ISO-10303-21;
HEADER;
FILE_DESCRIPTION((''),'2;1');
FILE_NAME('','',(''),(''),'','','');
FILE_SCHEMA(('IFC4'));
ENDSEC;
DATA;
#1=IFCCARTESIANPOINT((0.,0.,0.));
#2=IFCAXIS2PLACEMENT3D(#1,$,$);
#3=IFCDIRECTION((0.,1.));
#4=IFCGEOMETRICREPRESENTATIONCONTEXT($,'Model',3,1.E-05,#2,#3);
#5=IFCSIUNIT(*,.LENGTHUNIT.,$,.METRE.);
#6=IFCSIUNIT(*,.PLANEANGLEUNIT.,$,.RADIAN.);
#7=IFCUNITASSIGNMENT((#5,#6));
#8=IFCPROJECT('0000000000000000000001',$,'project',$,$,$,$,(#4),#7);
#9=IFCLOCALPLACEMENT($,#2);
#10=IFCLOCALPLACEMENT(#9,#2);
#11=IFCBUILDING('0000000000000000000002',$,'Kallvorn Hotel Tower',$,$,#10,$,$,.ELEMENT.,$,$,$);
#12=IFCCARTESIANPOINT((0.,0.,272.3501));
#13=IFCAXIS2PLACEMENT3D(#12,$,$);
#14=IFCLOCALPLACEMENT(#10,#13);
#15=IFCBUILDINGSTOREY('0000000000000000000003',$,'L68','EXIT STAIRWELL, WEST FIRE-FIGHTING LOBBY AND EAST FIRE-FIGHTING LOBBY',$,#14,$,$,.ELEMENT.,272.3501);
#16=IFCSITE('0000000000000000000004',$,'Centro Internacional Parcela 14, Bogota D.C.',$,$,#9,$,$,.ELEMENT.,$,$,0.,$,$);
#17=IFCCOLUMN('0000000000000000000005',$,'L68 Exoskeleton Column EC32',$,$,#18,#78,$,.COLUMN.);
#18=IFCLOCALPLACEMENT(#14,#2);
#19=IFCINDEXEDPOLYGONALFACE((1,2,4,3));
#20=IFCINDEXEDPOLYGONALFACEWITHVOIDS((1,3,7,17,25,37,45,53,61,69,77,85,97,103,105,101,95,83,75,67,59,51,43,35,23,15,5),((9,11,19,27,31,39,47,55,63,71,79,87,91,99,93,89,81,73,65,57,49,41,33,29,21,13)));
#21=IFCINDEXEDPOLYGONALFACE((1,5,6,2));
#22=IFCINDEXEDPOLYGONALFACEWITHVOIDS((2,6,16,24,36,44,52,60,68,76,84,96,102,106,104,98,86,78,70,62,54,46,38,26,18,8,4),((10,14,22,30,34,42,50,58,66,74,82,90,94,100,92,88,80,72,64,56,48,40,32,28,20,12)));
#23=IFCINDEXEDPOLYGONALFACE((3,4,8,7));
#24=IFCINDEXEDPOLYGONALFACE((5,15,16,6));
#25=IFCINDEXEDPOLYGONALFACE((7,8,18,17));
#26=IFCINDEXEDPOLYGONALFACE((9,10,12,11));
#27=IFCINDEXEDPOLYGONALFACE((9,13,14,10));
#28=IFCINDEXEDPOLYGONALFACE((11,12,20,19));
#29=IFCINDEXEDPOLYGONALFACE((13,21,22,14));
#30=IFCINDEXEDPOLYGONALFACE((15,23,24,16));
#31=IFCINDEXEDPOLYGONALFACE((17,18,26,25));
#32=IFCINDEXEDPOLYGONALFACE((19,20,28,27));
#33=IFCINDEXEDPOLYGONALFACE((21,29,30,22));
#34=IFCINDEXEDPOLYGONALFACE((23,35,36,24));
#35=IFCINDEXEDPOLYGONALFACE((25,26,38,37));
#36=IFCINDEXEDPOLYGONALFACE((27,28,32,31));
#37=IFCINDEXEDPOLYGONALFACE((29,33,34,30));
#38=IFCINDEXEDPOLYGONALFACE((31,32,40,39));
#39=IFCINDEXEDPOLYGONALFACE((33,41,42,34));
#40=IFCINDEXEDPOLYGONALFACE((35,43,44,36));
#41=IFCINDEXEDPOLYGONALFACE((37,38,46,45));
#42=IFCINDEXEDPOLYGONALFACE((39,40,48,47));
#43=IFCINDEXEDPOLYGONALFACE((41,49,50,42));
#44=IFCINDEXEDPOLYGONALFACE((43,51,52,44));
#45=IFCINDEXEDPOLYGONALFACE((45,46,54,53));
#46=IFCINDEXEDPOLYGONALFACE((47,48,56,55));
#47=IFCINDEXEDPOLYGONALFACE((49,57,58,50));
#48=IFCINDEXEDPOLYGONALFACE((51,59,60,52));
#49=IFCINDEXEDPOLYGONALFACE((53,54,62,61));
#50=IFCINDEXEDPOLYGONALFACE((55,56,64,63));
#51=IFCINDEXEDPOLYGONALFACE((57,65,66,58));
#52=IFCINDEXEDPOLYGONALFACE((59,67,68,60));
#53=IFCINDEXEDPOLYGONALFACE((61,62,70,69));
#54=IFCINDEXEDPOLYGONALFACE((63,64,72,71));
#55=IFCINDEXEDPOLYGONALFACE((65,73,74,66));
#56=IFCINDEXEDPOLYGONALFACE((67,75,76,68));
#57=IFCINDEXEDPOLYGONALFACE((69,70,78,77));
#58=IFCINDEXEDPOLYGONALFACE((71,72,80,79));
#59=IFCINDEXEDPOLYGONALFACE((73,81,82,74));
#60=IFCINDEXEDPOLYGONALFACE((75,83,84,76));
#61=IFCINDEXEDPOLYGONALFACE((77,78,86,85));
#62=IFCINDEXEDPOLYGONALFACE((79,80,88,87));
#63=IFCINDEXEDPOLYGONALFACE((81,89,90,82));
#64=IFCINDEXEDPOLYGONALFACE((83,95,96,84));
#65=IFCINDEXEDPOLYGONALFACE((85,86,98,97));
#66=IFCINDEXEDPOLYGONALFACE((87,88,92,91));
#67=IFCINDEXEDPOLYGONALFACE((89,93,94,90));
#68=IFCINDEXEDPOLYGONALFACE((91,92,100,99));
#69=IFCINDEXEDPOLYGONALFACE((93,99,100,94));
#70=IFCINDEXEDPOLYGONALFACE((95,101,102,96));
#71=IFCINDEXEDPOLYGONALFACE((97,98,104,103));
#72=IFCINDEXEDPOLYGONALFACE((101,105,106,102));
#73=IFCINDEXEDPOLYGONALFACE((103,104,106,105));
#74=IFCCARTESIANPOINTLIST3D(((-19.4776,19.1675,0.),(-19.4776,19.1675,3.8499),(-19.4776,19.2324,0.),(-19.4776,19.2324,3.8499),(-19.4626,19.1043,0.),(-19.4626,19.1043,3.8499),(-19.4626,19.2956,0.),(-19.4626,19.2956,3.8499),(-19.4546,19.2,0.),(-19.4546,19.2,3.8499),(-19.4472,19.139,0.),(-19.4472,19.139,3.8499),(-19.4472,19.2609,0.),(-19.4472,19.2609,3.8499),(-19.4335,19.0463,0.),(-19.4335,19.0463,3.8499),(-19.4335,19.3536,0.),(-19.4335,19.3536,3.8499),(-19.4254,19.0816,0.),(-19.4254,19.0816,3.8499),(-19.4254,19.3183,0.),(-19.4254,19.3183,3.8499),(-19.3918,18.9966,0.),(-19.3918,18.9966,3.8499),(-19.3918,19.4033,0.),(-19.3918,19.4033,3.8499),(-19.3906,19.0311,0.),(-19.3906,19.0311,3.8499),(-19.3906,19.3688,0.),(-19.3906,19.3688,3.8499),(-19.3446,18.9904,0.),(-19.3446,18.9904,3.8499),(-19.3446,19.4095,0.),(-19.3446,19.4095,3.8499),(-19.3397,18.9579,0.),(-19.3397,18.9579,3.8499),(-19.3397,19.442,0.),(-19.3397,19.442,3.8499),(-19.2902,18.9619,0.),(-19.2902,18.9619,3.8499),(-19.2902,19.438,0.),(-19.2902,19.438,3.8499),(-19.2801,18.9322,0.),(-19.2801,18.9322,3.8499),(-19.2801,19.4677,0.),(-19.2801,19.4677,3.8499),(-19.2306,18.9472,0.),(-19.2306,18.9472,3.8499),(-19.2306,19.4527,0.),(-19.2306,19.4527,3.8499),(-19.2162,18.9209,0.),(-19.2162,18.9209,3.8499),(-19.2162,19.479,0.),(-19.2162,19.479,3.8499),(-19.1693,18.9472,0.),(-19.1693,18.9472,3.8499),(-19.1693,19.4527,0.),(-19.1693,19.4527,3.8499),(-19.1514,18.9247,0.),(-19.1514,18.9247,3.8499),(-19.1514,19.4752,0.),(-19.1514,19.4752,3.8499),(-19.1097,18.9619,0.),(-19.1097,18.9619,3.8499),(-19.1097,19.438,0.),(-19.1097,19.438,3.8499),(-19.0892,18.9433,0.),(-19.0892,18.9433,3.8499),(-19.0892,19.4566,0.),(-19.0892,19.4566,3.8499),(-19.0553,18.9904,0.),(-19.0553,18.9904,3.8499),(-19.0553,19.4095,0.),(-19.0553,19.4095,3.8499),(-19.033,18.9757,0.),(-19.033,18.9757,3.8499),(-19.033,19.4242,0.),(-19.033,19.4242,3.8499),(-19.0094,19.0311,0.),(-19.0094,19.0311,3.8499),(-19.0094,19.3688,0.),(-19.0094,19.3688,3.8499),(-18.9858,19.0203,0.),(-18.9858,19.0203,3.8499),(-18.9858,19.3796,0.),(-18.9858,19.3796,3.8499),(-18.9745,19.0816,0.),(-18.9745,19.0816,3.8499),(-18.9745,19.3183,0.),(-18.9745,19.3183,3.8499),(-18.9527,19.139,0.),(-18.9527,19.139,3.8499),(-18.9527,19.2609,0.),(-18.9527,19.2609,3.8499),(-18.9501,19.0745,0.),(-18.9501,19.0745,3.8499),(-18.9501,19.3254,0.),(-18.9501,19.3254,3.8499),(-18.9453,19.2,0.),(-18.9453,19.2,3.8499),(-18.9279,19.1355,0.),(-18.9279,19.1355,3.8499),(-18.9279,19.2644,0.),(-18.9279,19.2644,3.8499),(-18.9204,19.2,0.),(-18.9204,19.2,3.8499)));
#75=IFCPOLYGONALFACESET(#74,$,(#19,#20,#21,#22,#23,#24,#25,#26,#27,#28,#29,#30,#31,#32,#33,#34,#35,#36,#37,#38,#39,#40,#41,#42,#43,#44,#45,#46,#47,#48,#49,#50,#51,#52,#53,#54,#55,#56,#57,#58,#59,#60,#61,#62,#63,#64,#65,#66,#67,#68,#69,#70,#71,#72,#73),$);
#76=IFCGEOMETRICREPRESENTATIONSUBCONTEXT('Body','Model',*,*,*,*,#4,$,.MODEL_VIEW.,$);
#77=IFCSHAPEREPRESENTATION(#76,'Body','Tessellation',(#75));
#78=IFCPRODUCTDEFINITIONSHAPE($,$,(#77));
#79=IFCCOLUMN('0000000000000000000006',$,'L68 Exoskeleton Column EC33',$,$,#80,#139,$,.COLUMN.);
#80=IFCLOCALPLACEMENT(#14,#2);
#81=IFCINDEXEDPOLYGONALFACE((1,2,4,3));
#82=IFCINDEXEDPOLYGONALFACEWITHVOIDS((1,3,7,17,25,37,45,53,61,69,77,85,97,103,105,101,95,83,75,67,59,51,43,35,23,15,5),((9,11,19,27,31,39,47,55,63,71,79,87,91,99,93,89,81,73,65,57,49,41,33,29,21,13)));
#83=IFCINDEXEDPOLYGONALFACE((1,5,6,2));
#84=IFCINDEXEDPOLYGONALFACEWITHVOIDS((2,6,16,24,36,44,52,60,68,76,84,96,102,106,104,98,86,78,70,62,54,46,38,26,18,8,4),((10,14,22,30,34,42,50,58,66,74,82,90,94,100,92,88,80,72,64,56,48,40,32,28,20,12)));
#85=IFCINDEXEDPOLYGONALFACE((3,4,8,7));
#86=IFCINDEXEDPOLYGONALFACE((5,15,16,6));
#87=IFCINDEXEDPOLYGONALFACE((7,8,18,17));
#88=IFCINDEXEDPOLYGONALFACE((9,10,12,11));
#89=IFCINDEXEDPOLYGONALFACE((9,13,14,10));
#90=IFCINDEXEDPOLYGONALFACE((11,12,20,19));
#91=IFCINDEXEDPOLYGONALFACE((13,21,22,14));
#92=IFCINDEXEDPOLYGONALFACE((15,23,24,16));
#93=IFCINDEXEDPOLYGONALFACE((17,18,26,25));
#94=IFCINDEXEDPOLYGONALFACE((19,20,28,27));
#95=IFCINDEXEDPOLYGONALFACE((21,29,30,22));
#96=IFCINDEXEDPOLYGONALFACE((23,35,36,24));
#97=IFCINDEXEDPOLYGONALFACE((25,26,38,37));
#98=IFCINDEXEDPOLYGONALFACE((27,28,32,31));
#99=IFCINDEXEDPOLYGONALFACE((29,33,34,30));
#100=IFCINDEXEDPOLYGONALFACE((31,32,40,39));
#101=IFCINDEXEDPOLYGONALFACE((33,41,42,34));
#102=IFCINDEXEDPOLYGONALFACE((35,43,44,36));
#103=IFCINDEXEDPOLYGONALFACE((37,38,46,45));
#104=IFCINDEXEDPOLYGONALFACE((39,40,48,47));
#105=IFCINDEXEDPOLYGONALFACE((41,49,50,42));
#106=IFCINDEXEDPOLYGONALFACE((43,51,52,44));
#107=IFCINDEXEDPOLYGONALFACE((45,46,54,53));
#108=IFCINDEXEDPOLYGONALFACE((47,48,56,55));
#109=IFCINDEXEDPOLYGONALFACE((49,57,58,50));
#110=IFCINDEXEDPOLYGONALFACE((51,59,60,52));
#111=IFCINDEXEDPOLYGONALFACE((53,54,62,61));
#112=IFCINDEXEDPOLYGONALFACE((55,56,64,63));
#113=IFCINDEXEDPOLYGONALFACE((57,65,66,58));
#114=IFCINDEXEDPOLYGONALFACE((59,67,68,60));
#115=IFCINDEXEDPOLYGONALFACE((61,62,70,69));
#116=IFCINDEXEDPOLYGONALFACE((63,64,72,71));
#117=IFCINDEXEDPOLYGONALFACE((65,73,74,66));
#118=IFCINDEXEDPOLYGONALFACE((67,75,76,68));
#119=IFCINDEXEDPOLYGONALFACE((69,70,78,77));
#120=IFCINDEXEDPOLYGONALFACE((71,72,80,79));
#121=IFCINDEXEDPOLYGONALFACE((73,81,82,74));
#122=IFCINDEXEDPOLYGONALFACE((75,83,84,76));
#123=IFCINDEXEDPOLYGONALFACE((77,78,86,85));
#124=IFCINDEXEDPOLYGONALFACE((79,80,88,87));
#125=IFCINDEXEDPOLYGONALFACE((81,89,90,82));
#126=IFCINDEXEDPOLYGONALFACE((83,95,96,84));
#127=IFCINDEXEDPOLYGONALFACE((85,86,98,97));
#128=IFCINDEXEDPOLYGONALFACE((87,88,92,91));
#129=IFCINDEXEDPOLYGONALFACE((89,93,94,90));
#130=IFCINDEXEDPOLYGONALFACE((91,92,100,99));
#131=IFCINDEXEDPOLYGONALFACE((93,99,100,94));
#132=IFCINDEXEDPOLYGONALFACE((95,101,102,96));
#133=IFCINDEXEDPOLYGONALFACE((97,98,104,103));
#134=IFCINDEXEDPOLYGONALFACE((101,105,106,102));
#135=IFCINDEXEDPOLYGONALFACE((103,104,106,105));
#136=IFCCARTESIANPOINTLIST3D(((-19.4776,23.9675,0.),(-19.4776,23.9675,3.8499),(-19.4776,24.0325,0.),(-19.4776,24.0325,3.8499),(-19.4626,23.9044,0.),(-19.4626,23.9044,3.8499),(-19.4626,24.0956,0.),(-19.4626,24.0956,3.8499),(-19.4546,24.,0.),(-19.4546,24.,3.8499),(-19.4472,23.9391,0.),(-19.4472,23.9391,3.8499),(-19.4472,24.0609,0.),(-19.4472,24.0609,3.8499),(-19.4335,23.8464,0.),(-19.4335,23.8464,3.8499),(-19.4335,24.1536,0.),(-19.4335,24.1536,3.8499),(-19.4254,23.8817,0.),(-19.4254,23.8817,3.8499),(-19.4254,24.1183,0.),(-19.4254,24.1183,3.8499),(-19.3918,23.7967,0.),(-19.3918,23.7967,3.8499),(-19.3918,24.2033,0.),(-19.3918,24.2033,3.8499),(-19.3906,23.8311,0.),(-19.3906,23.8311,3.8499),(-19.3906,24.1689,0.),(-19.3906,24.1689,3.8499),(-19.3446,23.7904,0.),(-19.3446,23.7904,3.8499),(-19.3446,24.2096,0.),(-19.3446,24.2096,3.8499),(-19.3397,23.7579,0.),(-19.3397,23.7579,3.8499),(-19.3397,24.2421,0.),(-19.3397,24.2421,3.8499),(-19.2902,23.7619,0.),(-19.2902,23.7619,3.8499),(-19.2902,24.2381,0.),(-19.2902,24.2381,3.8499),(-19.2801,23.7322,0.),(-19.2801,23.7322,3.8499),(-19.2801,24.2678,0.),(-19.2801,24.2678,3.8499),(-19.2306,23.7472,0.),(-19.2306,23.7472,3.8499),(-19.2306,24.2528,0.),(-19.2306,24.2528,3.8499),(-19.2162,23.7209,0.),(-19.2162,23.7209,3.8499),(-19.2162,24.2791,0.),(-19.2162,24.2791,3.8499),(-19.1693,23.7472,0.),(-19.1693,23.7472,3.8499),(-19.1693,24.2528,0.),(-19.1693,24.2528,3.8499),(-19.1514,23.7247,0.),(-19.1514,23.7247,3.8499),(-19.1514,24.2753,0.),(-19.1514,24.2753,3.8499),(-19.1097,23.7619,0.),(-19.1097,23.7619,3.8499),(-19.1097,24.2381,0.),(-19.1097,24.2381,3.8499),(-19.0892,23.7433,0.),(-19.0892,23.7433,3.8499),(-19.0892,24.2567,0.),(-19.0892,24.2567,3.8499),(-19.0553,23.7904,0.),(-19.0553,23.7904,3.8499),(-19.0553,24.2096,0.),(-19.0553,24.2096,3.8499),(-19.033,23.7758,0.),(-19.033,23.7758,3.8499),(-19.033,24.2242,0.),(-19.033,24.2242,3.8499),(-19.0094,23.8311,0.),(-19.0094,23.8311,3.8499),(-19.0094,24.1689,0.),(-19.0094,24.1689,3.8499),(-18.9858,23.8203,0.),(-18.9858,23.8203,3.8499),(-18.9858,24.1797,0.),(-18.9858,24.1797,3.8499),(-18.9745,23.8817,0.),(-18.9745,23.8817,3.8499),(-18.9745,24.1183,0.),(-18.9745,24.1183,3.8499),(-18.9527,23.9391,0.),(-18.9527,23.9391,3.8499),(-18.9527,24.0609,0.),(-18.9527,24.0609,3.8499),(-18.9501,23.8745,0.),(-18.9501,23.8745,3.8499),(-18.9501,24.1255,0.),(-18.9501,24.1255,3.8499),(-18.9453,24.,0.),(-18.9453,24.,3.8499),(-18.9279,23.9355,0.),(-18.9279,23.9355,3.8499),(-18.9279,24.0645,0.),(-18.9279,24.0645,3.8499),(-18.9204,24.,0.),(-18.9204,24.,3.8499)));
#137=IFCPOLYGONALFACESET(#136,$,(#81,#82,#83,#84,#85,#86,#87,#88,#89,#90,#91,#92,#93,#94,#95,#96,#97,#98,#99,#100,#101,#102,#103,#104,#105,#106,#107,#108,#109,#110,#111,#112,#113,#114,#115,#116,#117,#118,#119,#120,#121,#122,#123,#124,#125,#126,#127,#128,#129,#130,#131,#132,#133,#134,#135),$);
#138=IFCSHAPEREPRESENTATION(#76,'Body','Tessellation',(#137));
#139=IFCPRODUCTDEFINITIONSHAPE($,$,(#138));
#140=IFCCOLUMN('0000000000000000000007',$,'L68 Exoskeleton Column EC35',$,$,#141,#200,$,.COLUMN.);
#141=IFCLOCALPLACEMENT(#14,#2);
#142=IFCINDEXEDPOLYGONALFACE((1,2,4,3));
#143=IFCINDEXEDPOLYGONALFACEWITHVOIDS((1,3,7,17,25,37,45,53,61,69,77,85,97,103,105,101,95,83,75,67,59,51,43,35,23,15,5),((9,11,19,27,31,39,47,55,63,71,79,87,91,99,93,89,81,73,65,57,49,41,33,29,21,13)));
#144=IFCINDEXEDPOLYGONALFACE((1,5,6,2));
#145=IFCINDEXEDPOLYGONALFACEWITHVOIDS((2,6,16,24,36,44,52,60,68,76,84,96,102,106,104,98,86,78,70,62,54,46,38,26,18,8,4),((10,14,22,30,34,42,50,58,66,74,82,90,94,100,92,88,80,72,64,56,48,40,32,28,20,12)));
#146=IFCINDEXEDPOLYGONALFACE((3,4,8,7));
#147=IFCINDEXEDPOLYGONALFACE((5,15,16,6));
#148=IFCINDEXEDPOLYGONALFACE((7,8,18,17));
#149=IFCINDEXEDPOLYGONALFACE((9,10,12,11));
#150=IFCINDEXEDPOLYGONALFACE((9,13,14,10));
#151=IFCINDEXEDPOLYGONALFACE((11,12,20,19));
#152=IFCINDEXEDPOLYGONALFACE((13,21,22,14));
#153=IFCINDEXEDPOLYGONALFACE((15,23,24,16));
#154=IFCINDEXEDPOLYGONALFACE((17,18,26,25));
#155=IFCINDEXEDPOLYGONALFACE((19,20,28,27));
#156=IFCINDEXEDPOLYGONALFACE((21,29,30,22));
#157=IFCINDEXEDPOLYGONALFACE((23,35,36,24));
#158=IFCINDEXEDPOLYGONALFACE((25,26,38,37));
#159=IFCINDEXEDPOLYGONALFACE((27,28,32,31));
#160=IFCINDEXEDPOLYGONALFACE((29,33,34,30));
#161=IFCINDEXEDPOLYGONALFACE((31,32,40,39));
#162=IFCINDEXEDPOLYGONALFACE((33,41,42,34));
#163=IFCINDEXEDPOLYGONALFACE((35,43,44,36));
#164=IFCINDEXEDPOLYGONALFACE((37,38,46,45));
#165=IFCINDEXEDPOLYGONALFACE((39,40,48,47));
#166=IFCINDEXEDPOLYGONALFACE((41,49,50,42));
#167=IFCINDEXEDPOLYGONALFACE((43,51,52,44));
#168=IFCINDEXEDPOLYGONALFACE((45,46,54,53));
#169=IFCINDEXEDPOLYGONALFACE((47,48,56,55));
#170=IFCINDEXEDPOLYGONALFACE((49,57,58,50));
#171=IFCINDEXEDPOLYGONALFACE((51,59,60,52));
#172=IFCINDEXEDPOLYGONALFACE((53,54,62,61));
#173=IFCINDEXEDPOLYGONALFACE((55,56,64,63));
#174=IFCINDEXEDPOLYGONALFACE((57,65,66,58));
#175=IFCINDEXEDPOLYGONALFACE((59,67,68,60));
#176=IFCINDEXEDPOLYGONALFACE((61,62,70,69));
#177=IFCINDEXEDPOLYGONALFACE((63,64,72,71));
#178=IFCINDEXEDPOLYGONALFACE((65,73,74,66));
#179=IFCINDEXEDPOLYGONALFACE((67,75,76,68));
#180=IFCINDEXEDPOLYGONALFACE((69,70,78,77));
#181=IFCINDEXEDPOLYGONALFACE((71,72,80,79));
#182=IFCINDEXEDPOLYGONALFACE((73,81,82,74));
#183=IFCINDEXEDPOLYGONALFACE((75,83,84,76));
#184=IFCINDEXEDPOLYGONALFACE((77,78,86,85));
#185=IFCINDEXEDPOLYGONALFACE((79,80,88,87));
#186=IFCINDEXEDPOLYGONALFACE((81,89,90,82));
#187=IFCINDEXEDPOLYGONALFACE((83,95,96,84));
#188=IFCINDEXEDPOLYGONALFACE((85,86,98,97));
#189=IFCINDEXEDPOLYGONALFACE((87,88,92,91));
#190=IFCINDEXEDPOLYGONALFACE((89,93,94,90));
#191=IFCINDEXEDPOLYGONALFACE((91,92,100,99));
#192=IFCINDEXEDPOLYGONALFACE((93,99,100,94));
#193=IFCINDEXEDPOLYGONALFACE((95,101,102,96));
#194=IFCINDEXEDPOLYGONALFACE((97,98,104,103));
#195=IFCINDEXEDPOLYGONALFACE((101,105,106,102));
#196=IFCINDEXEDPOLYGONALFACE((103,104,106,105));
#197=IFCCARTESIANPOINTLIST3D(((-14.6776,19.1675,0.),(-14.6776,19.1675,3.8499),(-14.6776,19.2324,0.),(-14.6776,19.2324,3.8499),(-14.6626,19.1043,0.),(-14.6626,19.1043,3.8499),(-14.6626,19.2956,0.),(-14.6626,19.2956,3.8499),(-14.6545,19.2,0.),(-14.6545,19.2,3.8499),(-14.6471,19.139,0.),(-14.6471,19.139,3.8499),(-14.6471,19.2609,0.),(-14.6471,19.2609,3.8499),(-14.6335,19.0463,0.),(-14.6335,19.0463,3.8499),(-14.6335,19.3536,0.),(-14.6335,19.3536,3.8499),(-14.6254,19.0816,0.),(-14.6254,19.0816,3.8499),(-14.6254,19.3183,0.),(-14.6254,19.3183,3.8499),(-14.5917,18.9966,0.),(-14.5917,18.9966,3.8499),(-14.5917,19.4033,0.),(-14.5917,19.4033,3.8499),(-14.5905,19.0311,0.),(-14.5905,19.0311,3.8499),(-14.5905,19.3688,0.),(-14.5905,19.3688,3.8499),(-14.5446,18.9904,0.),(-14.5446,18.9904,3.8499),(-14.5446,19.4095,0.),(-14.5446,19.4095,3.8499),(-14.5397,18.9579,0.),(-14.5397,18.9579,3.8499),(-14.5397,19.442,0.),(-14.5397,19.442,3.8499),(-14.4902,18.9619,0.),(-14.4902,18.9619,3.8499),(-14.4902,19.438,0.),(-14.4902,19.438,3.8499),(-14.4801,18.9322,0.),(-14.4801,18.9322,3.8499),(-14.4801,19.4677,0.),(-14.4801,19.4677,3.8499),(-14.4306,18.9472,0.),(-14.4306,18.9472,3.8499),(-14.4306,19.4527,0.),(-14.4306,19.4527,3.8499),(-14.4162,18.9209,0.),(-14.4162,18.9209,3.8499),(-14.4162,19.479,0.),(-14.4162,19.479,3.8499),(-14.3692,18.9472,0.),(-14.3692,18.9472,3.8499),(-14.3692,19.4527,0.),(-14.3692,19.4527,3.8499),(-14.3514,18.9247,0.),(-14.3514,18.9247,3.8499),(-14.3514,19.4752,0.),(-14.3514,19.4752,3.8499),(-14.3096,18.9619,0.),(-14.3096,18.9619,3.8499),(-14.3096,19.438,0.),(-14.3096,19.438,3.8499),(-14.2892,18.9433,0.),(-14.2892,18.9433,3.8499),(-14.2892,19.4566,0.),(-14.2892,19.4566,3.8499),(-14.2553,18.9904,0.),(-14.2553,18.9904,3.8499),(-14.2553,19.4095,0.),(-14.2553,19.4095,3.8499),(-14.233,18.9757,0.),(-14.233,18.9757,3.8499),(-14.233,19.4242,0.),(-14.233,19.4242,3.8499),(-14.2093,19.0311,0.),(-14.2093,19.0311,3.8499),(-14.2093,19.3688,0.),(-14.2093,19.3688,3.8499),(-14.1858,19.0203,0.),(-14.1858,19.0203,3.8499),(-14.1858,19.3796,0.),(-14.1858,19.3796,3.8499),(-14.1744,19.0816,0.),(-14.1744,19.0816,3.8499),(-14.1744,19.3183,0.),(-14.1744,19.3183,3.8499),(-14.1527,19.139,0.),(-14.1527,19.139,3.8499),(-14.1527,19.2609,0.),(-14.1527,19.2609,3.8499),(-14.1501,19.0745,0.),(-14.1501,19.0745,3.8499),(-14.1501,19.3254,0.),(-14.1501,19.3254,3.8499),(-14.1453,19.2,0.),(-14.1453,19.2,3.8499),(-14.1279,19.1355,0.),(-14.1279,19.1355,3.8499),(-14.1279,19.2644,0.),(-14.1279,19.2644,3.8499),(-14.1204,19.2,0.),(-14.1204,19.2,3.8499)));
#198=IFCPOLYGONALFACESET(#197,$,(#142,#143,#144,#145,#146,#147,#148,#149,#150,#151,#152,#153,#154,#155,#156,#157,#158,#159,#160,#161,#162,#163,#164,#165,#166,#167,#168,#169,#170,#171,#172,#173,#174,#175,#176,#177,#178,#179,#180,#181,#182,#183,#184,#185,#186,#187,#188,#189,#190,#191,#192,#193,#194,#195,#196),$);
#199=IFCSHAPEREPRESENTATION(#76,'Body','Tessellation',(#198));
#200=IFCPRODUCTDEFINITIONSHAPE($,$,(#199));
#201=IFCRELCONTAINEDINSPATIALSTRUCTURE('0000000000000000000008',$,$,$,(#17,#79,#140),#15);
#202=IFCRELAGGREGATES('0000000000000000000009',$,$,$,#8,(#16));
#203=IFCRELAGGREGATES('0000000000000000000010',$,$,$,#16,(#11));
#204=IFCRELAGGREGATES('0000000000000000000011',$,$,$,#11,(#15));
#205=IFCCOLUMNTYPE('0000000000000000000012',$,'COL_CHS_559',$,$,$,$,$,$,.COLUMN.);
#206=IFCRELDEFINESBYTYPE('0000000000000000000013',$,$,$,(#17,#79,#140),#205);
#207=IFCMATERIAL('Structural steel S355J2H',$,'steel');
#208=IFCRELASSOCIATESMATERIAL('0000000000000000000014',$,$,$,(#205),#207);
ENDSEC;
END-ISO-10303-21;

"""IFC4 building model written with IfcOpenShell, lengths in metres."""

from ifc_helpers import new_model, si_unit, direction, frame, origin, origin_2d, place, context, subcontext, project, spatial, hollow_circle, extrude, material, material_profile, profile_set, type_object, element, save


model = new_model("IFC4")

# Units and contexts
model_context = context("Model", 3, precision=1e-05, world=origin(), true_north=direction((0.0, 1.0)))
body_context = subcontext(model_context, "Body", "Model", "MODEL_VIEW")
ifc_project = project(units=[si_unit("LENGTHUNIT", "METRE"), si_unit("PLANEANGLEUNIT", "RADIAN")], contexts=[model_context])

# Site, building, storey
site_placement = place(None, origin())
site = spatial("IfcSite", under=ifc_project, at=site_placement, Name="Centro Internacional Parcela 14, Bogota D.C.", CompositionType="ELEMENT", RefElevation=0.0)
building_placement = place(site_placement, origin())
building = spatial("IfcBuilding", under=site, at=building_placement, Name="Kallvorn Hotel Tower", CompositionType="ELEMENT")
storey_placement = place(building_placement, frame((0.0, 0.0, 272.3501)))
storey = spatial("IfcBuildingStorey", under=building, at=storey_placement, Name="L68", Description="EXIT STAIRWELL, WEST FIRE-FIGHTING LOBBY AND EAST FIRE-FIGHTING LOBBY", CompositionType="ELEMENT", Elevation=272.3501)

# Columns
ifc_material_1 = material(Name="Structural steel S355J2H", Category="steel")
ifc_material_profile_1 = material_profile(ifc_material_1, hollow_circle(Radius=0.2795, WallThickness=0.0249, at=origin_2d()), Name="CHS 559x25")
ifc_profile_set_1 = profile_set([ifc_material_profile_1], Name="Structural steel S355J2H")
column_type_1 = type_object("IfcColumnType", Name="COL_CHS_559", PredefinedType="COLUMN", material=ifc_profile_set_1)
for number, where, z_axis, x_axis, name in (
    (1, (-19.2, 19.2, 0.0), (0.0, 0.0, 1.0), (1.0, 0.0, 0.0), "L68 Exoskeleton Column EC32"),
    (2, (-19.2, 24.0, 0.0), (0.0, 0.0, 1.0), (1.0, 0.0, 0.0), "L68 Exoskeleton Column EC33"),
    (3, (-14.3999, 19.2, 0.0), (0.0, 0.0, 1.0), (1.0, 0.0, 0.0), "L68 Exoskeleton Column EC35"),
):
    element("IfcColumn", number, at=place(storey_placement, frame(where, z_axis=z_axis, x_axis=x_axis)), inside=storey, type_object=column_type_1, Name=name, PredefinedType="COLUMN", context=body_context, shape_type="SweptSolid", body=[
        extrude(hollow_circle(Radius=0.2795, WallThickness=0.0249, at=origin_2d()), origin(), (0.0, 0.0, 1.0), 3.8499),
    ])

save(model, "model.ifc")
